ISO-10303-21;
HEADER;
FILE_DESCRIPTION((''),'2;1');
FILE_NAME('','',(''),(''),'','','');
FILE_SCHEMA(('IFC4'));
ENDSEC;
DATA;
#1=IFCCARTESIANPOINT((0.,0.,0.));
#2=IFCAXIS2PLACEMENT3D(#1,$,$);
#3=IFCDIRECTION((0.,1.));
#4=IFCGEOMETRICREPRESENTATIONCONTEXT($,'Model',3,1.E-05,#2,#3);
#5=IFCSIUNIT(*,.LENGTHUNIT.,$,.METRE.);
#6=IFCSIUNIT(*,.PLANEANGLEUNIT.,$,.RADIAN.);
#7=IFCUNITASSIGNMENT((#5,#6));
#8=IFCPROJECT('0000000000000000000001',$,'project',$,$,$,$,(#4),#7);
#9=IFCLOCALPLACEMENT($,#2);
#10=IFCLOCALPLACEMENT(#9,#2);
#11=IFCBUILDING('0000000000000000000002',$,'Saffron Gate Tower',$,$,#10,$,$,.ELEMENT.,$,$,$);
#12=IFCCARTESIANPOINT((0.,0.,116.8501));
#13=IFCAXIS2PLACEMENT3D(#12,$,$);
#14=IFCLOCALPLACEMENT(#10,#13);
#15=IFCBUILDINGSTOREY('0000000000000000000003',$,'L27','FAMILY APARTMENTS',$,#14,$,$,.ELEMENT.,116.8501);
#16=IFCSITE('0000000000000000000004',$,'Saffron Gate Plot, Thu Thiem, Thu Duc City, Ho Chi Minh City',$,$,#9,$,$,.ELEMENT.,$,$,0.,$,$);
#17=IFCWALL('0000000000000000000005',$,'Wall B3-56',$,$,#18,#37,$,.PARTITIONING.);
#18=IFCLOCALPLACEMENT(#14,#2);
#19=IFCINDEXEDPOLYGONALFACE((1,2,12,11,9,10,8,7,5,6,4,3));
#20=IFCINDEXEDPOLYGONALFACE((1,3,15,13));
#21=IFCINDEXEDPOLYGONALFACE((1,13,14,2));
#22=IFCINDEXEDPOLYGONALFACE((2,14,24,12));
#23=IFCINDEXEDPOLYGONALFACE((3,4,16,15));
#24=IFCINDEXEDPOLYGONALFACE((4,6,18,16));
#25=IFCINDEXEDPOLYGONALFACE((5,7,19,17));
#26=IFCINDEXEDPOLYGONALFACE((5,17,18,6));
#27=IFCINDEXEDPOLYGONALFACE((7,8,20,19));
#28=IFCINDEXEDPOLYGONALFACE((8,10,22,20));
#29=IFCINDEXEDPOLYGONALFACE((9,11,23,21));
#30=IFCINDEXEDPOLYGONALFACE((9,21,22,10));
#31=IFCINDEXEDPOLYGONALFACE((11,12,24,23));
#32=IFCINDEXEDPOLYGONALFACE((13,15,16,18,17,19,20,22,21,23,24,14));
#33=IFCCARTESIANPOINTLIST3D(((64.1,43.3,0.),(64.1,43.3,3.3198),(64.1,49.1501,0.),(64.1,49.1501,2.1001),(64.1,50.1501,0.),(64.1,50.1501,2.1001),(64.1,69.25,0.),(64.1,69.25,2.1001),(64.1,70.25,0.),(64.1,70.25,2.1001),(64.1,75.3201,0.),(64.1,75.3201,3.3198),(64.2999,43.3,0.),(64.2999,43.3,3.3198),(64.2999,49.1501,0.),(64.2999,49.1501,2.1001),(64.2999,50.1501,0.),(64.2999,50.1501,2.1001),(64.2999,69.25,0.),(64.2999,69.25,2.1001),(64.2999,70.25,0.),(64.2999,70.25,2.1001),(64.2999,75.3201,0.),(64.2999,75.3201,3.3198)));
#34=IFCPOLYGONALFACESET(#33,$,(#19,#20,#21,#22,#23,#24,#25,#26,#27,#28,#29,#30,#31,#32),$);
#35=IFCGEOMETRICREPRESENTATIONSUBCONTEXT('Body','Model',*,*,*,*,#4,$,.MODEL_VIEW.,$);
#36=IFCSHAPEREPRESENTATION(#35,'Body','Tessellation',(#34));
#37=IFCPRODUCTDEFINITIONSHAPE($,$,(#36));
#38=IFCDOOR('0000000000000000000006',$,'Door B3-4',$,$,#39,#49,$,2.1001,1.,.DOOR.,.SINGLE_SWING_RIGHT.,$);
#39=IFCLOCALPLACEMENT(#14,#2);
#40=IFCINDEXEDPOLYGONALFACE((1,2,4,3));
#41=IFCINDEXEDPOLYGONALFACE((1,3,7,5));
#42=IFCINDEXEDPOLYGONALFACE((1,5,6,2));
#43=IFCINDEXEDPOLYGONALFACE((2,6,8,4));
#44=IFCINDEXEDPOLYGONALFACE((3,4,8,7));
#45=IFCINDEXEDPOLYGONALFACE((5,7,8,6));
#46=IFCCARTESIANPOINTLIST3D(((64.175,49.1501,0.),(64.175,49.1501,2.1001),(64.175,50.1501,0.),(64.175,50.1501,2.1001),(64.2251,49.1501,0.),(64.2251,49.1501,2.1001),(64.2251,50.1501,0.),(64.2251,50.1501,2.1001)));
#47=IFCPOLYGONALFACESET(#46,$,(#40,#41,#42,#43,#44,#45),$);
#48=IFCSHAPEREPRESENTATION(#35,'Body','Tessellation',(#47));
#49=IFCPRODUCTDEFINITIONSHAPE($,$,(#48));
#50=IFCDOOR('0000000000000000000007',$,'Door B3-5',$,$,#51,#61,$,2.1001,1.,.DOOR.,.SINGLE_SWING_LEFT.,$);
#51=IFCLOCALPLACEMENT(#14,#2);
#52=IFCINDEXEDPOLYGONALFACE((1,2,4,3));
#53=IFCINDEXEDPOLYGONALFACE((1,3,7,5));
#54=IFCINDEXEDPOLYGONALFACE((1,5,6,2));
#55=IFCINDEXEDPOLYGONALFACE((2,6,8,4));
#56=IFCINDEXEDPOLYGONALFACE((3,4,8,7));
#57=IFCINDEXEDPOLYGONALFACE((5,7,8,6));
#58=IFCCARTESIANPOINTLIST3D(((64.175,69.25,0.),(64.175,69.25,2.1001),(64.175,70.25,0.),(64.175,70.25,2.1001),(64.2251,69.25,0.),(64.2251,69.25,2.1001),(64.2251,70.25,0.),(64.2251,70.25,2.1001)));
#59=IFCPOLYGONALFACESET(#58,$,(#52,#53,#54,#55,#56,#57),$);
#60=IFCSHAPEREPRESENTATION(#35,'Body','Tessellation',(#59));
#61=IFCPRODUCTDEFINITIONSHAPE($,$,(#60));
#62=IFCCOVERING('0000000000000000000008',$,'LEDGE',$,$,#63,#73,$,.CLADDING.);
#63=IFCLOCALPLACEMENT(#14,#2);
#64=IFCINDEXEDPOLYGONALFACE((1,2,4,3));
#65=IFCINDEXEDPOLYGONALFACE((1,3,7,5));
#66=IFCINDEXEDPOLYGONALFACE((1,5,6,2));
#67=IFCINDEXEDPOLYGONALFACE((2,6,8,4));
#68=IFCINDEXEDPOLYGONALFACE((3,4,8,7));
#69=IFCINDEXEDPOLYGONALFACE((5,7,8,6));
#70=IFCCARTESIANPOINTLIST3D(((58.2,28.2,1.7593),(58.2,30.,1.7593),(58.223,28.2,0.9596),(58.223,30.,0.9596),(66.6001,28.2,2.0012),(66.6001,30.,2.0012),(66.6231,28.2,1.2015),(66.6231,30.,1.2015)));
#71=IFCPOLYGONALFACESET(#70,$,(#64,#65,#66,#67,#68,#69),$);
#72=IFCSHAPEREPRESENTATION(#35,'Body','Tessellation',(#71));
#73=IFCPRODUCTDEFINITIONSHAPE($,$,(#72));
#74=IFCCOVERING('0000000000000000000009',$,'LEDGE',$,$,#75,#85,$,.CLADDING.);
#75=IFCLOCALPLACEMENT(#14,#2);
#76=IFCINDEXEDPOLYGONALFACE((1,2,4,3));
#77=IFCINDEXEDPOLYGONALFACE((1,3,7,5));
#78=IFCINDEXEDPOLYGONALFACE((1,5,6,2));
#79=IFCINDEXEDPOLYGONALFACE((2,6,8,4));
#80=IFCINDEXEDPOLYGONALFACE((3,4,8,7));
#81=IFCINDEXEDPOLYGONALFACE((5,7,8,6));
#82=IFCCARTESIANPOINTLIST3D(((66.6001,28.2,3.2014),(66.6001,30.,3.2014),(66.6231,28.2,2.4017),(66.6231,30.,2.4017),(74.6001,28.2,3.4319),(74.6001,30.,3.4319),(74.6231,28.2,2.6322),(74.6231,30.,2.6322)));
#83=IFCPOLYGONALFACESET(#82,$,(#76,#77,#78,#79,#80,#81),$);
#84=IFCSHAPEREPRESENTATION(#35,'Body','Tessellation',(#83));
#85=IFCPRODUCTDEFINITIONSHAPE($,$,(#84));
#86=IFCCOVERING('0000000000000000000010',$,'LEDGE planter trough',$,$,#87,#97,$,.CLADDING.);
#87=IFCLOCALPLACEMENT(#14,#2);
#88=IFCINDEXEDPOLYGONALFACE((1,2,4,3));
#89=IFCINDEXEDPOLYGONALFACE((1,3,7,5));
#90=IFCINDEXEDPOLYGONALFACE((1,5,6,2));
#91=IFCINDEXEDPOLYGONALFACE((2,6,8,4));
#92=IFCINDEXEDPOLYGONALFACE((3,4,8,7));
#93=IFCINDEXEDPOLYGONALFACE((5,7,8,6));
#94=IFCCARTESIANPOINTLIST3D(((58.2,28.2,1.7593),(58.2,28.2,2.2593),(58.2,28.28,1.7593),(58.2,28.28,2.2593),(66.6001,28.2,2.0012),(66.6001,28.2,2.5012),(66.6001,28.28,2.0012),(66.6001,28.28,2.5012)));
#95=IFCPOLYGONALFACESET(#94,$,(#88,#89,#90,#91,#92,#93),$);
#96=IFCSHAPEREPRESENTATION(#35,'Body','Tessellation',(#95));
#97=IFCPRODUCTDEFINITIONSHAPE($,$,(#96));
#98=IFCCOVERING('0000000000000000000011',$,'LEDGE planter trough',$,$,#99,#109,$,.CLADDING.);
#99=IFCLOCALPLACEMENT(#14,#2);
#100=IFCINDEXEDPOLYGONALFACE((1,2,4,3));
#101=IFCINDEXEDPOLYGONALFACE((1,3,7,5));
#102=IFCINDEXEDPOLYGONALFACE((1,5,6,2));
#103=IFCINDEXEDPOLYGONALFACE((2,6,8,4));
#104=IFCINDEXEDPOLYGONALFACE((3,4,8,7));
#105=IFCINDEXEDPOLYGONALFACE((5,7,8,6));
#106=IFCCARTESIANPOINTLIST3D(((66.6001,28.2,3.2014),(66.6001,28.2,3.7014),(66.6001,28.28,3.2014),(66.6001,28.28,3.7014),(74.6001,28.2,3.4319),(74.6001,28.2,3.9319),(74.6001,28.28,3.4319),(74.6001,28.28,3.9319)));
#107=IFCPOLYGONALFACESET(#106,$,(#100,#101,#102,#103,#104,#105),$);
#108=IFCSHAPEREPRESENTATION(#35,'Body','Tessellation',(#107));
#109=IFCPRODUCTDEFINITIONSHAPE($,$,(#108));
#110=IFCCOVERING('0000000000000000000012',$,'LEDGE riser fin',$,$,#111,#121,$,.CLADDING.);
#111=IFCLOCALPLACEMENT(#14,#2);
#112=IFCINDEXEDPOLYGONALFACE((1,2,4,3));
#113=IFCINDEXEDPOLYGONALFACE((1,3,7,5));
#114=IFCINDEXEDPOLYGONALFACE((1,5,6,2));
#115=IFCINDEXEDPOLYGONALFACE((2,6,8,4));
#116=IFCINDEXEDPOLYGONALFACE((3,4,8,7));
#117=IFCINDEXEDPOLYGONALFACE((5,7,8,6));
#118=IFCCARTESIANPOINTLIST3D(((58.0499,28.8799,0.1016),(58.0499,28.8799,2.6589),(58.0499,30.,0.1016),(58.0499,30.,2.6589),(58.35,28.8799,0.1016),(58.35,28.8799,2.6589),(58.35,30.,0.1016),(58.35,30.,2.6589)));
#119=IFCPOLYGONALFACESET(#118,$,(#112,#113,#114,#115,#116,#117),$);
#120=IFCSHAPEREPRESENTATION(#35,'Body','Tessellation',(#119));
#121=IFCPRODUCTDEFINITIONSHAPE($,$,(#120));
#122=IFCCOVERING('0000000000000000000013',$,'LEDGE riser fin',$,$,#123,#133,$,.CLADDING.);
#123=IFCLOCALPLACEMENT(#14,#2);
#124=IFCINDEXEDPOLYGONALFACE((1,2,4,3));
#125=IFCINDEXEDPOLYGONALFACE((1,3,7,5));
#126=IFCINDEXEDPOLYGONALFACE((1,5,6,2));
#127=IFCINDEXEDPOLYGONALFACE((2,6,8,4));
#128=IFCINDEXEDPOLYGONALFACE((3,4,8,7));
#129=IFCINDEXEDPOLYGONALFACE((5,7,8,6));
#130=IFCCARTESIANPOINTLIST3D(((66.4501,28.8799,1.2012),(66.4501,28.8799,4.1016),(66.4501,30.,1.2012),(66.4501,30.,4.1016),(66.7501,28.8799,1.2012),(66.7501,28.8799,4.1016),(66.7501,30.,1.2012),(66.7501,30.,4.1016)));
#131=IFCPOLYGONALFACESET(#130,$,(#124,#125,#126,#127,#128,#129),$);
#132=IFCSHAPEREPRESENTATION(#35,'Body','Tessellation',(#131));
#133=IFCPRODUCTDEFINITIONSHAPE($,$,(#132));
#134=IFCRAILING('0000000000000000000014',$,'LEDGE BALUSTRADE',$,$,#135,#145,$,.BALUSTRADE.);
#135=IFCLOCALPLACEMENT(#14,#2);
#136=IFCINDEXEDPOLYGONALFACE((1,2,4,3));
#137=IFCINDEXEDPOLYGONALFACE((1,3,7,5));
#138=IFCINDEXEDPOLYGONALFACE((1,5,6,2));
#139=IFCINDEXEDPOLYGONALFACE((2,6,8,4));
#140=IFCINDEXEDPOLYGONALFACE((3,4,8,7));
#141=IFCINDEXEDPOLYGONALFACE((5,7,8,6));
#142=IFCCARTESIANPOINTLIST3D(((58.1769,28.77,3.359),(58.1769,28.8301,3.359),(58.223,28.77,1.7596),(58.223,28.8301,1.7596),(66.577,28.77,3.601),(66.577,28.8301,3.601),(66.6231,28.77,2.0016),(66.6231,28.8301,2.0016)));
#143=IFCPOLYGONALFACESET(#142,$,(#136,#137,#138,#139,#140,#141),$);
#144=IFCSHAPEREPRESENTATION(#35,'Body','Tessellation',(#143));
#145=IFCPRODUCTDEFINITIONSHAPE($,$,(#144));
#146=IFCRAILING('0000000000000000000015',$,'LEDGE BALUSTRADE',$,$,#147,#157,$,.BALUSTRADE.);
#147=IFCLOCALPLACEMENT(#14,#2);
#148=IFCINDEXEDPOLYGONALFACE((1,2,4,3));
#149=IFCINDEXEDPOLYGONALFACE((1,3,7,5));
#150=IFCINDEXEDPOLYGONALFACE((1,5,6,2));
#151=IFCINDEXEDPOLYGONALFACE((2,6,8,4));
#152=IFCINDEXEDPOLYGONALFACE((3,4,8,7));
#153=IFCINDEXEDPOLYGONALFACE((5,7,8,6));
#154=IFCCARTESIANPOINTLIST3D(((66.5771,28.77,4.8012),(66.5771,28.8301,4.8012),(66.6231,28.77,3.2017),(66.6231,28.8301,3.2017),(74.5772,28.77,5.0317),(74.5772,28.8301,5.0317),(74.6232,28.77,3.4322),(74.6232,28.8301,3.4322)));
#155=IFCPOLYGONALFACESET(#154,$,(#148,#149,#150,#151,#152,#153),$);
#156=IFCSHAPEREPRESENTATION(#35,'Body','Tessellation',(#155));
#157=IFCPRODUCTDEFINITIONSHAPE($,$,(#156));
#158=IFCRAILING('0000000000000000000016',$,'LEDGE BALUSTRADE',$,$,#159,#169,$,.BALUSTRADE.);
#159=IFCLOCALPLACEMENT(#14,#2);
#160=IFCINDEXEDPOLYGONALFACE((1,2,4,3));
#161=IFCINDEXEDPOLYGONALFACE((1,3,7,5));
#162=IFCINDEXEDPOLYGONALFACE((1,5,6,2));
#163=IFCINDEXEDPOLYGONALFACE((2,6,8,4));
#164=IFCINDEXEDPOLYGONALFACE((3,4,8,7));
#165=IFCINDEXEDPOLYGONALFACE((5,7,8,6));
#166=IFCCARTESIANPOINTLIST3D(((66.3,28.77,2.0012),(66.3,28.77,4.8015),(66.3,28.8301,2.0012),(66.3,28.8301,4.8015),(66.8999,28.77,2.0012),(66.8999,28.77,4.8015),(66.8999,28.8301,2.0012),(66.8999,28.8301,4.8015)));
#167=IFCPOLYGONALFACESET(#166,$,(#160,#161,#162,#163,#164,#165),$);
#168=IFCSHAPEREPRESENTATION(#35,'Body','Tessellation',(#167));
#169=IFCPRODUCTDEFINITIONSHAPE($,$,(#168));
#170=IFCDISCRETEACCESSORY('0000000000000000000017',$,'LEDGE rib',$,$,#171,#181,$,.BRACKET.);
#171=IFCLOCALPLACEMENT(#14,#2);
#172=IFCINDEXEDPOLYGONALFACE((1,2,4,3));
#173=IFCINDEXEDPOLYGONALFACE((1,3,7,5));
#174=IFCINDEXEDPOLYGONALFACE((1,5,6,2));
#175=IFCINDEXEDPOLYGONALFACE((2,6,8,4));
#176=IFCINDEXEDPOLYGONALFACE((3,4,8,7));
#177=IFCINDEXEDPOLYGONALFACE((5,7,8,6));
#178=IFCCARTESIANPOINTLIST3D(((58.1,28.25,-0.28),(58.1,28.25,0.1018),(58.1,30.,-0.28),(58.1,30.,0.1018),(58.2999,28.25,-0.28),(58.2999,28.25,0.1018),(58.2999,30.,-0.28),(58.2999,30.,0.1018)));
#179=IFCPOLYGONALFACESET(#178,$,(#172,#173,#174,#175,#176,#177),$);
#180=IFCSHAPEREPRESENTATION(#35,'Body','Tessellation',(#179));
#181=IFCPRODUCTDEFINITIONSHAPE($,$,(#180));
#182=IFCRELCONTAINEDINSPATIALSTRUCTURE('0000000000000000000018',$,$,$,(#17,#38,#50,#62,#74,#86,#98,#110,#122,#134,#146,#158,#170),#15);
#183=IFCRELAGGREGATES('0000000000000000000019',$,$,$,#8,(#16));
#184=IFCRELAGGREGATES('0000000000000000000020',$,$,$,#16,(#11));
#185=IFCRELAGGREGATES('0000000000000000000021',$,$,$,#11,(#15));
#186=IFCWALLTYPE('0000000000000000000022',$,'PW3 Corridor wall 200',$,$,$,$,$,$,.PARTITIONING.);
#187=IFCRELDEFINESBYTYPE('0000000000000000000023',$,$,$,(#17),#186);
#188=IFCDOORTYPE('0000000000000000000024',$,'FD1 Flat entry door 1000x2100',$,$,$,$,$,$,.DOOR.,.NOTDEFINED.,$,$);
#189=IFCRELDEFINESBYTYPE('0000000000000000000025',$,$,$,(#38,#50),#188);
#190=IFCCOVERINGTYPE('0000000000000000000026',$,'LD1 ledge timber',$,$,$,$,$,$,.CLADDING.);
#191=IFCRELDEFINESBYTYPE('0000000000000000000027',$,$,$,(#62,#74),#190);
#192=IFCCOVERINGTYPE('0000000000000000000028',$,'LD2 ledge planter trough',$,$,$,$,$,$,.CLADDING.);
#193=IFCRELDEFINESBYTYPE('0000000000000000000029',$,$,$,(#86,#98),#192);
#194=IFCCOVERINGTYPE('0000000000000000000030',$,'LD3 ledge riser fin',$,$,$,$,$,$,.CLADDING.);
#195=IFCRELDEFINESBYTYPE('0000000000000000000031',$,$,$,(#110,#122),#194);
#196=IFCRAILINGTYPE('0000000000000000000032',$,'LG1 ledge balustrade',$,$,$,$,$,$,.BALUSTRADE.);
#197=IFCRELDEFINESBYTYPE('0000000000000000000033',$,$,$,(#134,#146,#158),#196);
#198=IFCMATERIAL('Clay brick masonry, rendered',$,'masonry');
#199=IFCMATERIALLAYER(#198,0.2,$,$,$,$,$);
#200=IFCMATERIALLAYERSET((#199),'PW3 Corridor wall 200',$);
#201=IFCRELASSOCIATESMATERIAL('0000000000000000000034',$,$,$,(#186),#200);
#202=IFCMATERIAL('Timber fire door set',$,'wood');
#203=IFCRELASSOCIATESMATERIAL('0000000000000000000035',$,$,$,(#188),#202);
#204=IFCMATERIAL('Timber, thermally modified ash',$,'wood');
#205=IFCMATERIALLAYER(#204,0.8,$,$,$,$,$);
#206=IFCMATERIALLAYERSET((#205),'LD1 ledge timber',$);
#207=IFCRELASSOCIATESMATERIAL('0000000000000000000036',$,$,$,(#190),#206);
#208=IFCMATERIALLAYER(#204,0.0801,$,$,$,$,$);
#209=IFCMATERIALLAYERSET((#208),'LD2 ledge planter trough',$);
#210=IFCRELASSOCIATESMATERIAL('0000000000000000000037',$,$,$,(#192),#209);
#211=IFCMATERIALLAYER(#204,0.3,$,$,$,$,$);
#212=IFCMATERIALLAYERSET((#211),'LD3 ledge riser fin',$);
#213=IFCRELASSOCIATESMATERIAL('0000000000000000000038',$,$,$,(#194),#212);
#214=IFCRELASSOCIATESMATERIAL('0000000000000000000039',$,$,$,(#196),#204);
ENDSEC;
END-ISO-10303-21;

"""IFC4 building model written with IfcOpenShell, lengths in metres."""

from ifc_helpers import new_model, si_unit, direction, frame, frame_2d, origin, origin_2d, place, context, subcontext, project, spatial, polyline, rectangle, outline, extrude, material, layer, layer_set, type_object, element, fill, save


model = new_model("IFC4")

# Units and contexts
model_context = context("Model", 3, precision=1e-05, world=origin(), true_north=direction((0.0, 1.0)))
body_context = subcontext(model_context, "Body", "Model", "MODEL_VIEW")
ifc_project = project(units=[si_unit("LENGTHUNIT", "METRE"), si_unit("PLANEANGLEUNIT", "RADIAN")], contexts=[model_context])

# Site, building, storey
site_placement = place(None, origin())
site = spatial("IfcSite", under=ifc_project, at=site_placement, Name="Saffron Gate Plot, Thu Thiem, Thu Duc City, Ho Chi Minh City", CompositionType="ELEMENT", RefElevation=0.0)
building_placement = place(site_placement, origin())
building = spatial("IfcBuilding", under=site, at=building_placement, Name="Saffron Gate Tower", CompositionType="ELEMENT")
storey_placement = place(building_placement, frame((0.0, 0.0, 116.8501)))
storey = spatial("IfcBuildingStorey", under=building, at=storey_placement, Name="L27", Description="FAMILY APARTMENTS", CompositionType="ELEMENT", Elevation=116.8501)

# Wall, openings, doors
ifc_material_1 = material(Name="Clay brick masonry, rendered", Category="masonry")
ifc_layer_1 = layer(ifc_material_1, 0.2)
ifc_layer_set_1 = layer_set([ifc_layer_1], Name="PW3 Corridor wall 200")
wall_type_1 = type_object("IfcWallType", Name="PW3 Corridor wall 200", PredefinedType="PARTITIONING", material=ifc_layer_set_1)
wall_1_placement = place(storey_placement, frame((64.2, 43.3, 0.0), z_axis=(0.0, 0.0, 1.0), x_axis=(0.0, 1.0, 0.0)))
wall_1 = element("IfcWall", 1, at=wall_1_placement, inside=storey, type_object=wall_type_1, Name="Wall B3-56", PredefinedType="PARTITIONING", context=body_context, shape_type="SweptSolid", body=[
    extrude(rectangle(XDim=32.02, YDim=0.2, at=frame_2d((16.01, 0.0))), origin(), (0.0, 0.0, 1.0), 3.3198),
])
opening_1_placement = place(wall_1_placement, frame((5.8501, 0.0, 0.0)))
opening_1 = element("IfcOpeningElement", 2, at=opening_1_placement, cuts=wall_1, PredefinedType="OPENING", context=body_context, shape_type="SweptSolid", body=[
    extrude(rectangle(XDim=1.0, YDim=2.1001, at=frame_2d((0.5, 1.05))), frame((0.0, 0.1099, 0.0), z_axis=(0.0, -1.0, 0.0), x_axis=(1.0, 0.0, 0.0)), (0.0, 0.0, 1.0), 0.22),
])
opening_2_placement = place(wall_1_placement, frame((25.95, 0.0, 0.0)))
opening_2 = element("IfcOpeningElement", 3, at=opening_2_placement, cuts=wall_1, PredefinedType="OPENING", context=body_context, shape_type="SweptSolid", body=[
    extrude(rectangle(XDim=1.0, YDim=2.1001, at=frame_2d((0.5, 1.05))), frame((0.0, 0.1099, 0.0), z_axis=(0.0, -1.0, 0.0), x_axis=(1.0, 0.0, 0.0)), (0.0, 0.0, 1.0), 0.22),
])
ifc_material_2 = material(Name="Timber fire door set", Category="wood")
door_type_1 = type_object("IfcDoorType", Name="FD1 Flat entry door 1000x2100", OperationType="NOTDEFINED", PredefinedType="DOOR", material=ifc_material_2)
door_1_placement = place(opening_1_placement, origin())
door_1 = element("IfcDoor", 4, at=door_1_placement, inside=storey, type_object=door_type_1, Name="Door B3-4", OperationType="SINGLE_SWING_RIGHT", OverallHeight=2.1001, OverallWidth=1.0, PredefinedType="DOOR", context=body_context, shape_type="SweptSolid", body=[
    extrude(rectangle(XDim=1.0, YDim=2.1001, at=frame_2d((0.5, 1.05))), frame((0.0, 0.0249, 0.0), z_axis=(0.0, -1.0, 0.0), x_axis=(1.0, 0.0, 0.0)), (0.0, 0.0, 1.0), 0.05),
])
fill(opening_1, door_1)
door_2_placement = place(opening_2_placement, origin())
door_2 = element("IfcDoor", 5, at=door_2_placement, inside=storey, type_object=door_type_1, Name="Door B3-5", OperationType="SINGLE_SWING_LEFT", OverallHeight=2.1001, OverallWidth=1.0, PredefinedType="DOOR", context=body_context, shape_type="SweptSolid", body=[
    extrude(rectangle(XDim=1.0, YDim=2.1001, at=frame_2d((0.5, 1.05))), frame((0.0, 0.0249, 0.0), z_axis=(0.0, -1.0, 0.0), x_axis=(1.0, 0.0, 0.0)), (0.0, 0.0, 1.0), 0.05),
])
fill(opening_2, door_2)

# Coverings
ifc_material_3 = material(Name="Timber, thermally modified ash", Category="wood")
ifc_layer_2 = layer(ifc_material_3, 0.8)
ifc_layer_set_2 = layer_set([ifc_layer_2], Name="LD1 ledge timber")
covering_type_1 = type_object("IfcCoveringType", Name="LD1 ledge timber", PredefinedType="CLADDING", material=ifc_layer_set_2)
covering_1_placement = place(storey_placement, frame((58.2, 30.0, 1.7593), z_axis=(-0.02879, 0.0, 0.999585), x_axis=(0.999585, 0.0, 0.02879)))
element("IfcCovering", 6, at=covering_1_placement, inside=storey, type_object=covering_type_1, Name="LEDGE", PredefinedType="CLADDING", context=body_context, shape_type="SweptSolid", body=[
    extrude(outline(polyline([(0.0, 0.0), (8.4036, 0.0), (8.4036, -1.8), (0.0, -1.8), (0.0, 0.0)])), origin(), (0.0, 0.0, -1.0), 0.8),
])
covering_2_placement = place(storey_placement, frame((66.6001, 30.0, 3.2014), z_axis=(-0.028797, 0.0, 0.999585), x_axis=(0.999585, 0.0, 0.028797)))
element("IfcCovering", 7, at=covering_2_placement, inside=storey, type_object=covering_type_1, Name="LEDGE", PredefinedType="CLADDING", context=body_context, shape_type="SweptSolid", body=[
    extrude(outline(polyline([(0.0, 0.0), (8.0033, 0.0), (8.0033, -1.8), (0.0, -1.8), (0.0, 0.0)])), origin(), (0.0, 0.0, -1.0), 0.8),
])
ifc_layer_3 = layer(ifc_material_3, 0.0801)
ifc_layer_set_3 = layer_set([ifc_layer_3], Name="LD2 ledge planter trough")
covering_type_2 = type_object("IfcCoveringType", Name="LD2 ledge planter trough", PredefinedType="CLADDING", material=ifc_layer_set_3)
covering_3_placement = place(storey_placement, frame((58.2, 28.2, 1.7593), z_axis=(0.0, -1.0, 0.0), x_axis=(0.999585, 0.0, 0.02879)))
element("IfcCovering", 8, at=covering_3_placement, inside=storey, type_object=covering_type_2, Name="LEDGE planter trough", PredefinedType="CLADDING", context=body_context, shape_type="SweptSolid", body=[
    extrude(outline(polyline([(0.0, 0.0), (8.4036, 0.0), (8.418, 0.4998), (0.0144, 0.4998), (0.0, 0.0)])), origin(), (0.0, 0.0, -1.0), 0.0801),
])
covering_4_placement = place(storey_placement, frame((66.6001, 28.2, 3.2014), z_axis=(0.0, -1.0, 0.0), x_axis=(0.999585, 0.0, 0.028797)))
element("IfcCovering", 9, at=covering_4_placement, inside=storey, type_object=covering_type_2, Name="LEDGE planter trough", PredefinedType="CLADDING", context=body_context, shape_type="SweptSolid", body=[
    extrude(outline(polyline([(0.0, 0.0), (8.0033, 0.0), (8.0177, 0.4998), (0.0144, 0.4998), (0.0, 0.0)])), origin(), (0.0, 0.0, -1.0), 0.0801),
])
ifc_layer_4 = layer(ifc_material_3, 0.3)
ifc_layer_set_4 = layer_set([ifc_layer_4], Name="LD3 ledge riser fin")
covering_type_3 = type_object("IfcCoveringType", Name="LD3 ledge riser fin", PredefinedType="CLADDING", material=ifc_layer_set_4)
covering_5_placement = place(storey_placement, frame((58.2, 29.4399, 0.1016), z_axis=(0.0, 0.0, 1.0), x_axis=(1.0, 0.0, 0.0)))
element("IfcCovering", 10, at=covering_5_placement, inside=storey, type_object=covering_type_3, Name="LEDGE riser fin", PredefinedType="CLADDING", context=body_context, shape_type="SweptSolid", body=[
    extrude(rectangle(XDim=0.3, YDim=1.1201, at=origin_2d()), origin(), (0.0, 0.0, 1.0), 2.5574),
])
covering_6_placement = place(storey_placement, frame((66.6001, 29.4399, 1.2012), z_axis=(0.0, 0.0, 1.0), x_axis=(1.0, 0.0, 0.0)))
element("IfcCovering", 11, at=covering_6_placement, inside=storey, type_object=covering_type_3, Name="LEDGE riser fin", PredefinedType="CLADDING", context=body_context, shape_type="SweptSolid", body=[
    extrude(rectangle(XDim=0.3, YDim=1.1201, at=origin_2d()), origin(), (0.0, 0.0, 1.0), 2.9004),
])

# Railings
railing_type = type_object("IfcRailingType", Name="LG1 ledge balustrade", PredefinedType="BALUSTRADE", material=ifc_material_3)
railing_1_placement = place(storey_placement, frame((58.2, 28.8, 1.7593)))
element("IfcRailing", 12, at=railing_1_placement, inside=storey, type_object=railing_type, Name="LEDGE BALUSTRADE", PredefinedType="BALUSTRADE", context=body_context, shape_type="SweptSolid", body=[
    extrude(rectangle(XDim=0.0601, YDim=1.6001, at=origin_2d()), frame((0.0, 0.0, 0.8), z_axis=(0.999585, 0.0, 0.02879), x_axis=(0.0, 1.0, 0.0)), (0.0, 0.0, 1.0), 8.4036),
])
railing_2_placement = place(storey_placement, frame((66.6001, 28.8, 3.2014)))
element("IfcRailing", 13, at=railing_2_placement, inside=storey, type_object=railing_type, Name="LEDGE BALUSTRADE", PredefinedType="BALUSTRADE", context=body_context, shape_type="SweptSolid", body=[
    extrude(rectangle(XDim=0.0601, YDim=1.6001, at=origin_2d()), frame((0.0, 0.0, 0.8), z_axis=(0.999585, 0.0, 0.028797), x_axis=(0.0, 1.0, 0.0)), (0.0, 0.0, 1.0), 8.0034),
])
railing_3_placement = place(storey_placement, frame((66.3, 28.8, 2.0012)))
element("IfcRailing", 14, at=railing_3_placement, inside=storey, type_object=railing_type, Name="LEDGE BALUSTRADE", PredefinedType="BALUSTRADE", context=body_context, shape_type="SweptSolid", body=[
    extrude(rectangle(XDim=0.0601, YDim=2.8003, at=origin_2d()), frame((0.0, 0.0, 1.4001), z_axis=(1.0, 0.0, 0.0), x_axis=(0.0, 1.0, 0.0)), (0.0, 0.0, 1.0), 0.5999),
])

# Discrete accessory
discrete_accessory_1_placement = place(storey_placement, frame((58.2, 29.125, -0.28), z_axis=(0.0, 0.0, 1.0), x_axis=(1.0, 0.0, 0.0)))
element("IfcDiscreteAccessory", 15, at=discrete_accessory_1_placement, inside=storey, Name="LEDGE rib", PredefinedType="BRACKET", context=body_context, shape_type="SweptSolid", body=[
    extrude(rectangle(XDim=0.2, YDim=1.75, at=origin_2d()), origin(), (0.0, 0.0, 1.0), 0.3818),
])

save(model, "model.ifc")
